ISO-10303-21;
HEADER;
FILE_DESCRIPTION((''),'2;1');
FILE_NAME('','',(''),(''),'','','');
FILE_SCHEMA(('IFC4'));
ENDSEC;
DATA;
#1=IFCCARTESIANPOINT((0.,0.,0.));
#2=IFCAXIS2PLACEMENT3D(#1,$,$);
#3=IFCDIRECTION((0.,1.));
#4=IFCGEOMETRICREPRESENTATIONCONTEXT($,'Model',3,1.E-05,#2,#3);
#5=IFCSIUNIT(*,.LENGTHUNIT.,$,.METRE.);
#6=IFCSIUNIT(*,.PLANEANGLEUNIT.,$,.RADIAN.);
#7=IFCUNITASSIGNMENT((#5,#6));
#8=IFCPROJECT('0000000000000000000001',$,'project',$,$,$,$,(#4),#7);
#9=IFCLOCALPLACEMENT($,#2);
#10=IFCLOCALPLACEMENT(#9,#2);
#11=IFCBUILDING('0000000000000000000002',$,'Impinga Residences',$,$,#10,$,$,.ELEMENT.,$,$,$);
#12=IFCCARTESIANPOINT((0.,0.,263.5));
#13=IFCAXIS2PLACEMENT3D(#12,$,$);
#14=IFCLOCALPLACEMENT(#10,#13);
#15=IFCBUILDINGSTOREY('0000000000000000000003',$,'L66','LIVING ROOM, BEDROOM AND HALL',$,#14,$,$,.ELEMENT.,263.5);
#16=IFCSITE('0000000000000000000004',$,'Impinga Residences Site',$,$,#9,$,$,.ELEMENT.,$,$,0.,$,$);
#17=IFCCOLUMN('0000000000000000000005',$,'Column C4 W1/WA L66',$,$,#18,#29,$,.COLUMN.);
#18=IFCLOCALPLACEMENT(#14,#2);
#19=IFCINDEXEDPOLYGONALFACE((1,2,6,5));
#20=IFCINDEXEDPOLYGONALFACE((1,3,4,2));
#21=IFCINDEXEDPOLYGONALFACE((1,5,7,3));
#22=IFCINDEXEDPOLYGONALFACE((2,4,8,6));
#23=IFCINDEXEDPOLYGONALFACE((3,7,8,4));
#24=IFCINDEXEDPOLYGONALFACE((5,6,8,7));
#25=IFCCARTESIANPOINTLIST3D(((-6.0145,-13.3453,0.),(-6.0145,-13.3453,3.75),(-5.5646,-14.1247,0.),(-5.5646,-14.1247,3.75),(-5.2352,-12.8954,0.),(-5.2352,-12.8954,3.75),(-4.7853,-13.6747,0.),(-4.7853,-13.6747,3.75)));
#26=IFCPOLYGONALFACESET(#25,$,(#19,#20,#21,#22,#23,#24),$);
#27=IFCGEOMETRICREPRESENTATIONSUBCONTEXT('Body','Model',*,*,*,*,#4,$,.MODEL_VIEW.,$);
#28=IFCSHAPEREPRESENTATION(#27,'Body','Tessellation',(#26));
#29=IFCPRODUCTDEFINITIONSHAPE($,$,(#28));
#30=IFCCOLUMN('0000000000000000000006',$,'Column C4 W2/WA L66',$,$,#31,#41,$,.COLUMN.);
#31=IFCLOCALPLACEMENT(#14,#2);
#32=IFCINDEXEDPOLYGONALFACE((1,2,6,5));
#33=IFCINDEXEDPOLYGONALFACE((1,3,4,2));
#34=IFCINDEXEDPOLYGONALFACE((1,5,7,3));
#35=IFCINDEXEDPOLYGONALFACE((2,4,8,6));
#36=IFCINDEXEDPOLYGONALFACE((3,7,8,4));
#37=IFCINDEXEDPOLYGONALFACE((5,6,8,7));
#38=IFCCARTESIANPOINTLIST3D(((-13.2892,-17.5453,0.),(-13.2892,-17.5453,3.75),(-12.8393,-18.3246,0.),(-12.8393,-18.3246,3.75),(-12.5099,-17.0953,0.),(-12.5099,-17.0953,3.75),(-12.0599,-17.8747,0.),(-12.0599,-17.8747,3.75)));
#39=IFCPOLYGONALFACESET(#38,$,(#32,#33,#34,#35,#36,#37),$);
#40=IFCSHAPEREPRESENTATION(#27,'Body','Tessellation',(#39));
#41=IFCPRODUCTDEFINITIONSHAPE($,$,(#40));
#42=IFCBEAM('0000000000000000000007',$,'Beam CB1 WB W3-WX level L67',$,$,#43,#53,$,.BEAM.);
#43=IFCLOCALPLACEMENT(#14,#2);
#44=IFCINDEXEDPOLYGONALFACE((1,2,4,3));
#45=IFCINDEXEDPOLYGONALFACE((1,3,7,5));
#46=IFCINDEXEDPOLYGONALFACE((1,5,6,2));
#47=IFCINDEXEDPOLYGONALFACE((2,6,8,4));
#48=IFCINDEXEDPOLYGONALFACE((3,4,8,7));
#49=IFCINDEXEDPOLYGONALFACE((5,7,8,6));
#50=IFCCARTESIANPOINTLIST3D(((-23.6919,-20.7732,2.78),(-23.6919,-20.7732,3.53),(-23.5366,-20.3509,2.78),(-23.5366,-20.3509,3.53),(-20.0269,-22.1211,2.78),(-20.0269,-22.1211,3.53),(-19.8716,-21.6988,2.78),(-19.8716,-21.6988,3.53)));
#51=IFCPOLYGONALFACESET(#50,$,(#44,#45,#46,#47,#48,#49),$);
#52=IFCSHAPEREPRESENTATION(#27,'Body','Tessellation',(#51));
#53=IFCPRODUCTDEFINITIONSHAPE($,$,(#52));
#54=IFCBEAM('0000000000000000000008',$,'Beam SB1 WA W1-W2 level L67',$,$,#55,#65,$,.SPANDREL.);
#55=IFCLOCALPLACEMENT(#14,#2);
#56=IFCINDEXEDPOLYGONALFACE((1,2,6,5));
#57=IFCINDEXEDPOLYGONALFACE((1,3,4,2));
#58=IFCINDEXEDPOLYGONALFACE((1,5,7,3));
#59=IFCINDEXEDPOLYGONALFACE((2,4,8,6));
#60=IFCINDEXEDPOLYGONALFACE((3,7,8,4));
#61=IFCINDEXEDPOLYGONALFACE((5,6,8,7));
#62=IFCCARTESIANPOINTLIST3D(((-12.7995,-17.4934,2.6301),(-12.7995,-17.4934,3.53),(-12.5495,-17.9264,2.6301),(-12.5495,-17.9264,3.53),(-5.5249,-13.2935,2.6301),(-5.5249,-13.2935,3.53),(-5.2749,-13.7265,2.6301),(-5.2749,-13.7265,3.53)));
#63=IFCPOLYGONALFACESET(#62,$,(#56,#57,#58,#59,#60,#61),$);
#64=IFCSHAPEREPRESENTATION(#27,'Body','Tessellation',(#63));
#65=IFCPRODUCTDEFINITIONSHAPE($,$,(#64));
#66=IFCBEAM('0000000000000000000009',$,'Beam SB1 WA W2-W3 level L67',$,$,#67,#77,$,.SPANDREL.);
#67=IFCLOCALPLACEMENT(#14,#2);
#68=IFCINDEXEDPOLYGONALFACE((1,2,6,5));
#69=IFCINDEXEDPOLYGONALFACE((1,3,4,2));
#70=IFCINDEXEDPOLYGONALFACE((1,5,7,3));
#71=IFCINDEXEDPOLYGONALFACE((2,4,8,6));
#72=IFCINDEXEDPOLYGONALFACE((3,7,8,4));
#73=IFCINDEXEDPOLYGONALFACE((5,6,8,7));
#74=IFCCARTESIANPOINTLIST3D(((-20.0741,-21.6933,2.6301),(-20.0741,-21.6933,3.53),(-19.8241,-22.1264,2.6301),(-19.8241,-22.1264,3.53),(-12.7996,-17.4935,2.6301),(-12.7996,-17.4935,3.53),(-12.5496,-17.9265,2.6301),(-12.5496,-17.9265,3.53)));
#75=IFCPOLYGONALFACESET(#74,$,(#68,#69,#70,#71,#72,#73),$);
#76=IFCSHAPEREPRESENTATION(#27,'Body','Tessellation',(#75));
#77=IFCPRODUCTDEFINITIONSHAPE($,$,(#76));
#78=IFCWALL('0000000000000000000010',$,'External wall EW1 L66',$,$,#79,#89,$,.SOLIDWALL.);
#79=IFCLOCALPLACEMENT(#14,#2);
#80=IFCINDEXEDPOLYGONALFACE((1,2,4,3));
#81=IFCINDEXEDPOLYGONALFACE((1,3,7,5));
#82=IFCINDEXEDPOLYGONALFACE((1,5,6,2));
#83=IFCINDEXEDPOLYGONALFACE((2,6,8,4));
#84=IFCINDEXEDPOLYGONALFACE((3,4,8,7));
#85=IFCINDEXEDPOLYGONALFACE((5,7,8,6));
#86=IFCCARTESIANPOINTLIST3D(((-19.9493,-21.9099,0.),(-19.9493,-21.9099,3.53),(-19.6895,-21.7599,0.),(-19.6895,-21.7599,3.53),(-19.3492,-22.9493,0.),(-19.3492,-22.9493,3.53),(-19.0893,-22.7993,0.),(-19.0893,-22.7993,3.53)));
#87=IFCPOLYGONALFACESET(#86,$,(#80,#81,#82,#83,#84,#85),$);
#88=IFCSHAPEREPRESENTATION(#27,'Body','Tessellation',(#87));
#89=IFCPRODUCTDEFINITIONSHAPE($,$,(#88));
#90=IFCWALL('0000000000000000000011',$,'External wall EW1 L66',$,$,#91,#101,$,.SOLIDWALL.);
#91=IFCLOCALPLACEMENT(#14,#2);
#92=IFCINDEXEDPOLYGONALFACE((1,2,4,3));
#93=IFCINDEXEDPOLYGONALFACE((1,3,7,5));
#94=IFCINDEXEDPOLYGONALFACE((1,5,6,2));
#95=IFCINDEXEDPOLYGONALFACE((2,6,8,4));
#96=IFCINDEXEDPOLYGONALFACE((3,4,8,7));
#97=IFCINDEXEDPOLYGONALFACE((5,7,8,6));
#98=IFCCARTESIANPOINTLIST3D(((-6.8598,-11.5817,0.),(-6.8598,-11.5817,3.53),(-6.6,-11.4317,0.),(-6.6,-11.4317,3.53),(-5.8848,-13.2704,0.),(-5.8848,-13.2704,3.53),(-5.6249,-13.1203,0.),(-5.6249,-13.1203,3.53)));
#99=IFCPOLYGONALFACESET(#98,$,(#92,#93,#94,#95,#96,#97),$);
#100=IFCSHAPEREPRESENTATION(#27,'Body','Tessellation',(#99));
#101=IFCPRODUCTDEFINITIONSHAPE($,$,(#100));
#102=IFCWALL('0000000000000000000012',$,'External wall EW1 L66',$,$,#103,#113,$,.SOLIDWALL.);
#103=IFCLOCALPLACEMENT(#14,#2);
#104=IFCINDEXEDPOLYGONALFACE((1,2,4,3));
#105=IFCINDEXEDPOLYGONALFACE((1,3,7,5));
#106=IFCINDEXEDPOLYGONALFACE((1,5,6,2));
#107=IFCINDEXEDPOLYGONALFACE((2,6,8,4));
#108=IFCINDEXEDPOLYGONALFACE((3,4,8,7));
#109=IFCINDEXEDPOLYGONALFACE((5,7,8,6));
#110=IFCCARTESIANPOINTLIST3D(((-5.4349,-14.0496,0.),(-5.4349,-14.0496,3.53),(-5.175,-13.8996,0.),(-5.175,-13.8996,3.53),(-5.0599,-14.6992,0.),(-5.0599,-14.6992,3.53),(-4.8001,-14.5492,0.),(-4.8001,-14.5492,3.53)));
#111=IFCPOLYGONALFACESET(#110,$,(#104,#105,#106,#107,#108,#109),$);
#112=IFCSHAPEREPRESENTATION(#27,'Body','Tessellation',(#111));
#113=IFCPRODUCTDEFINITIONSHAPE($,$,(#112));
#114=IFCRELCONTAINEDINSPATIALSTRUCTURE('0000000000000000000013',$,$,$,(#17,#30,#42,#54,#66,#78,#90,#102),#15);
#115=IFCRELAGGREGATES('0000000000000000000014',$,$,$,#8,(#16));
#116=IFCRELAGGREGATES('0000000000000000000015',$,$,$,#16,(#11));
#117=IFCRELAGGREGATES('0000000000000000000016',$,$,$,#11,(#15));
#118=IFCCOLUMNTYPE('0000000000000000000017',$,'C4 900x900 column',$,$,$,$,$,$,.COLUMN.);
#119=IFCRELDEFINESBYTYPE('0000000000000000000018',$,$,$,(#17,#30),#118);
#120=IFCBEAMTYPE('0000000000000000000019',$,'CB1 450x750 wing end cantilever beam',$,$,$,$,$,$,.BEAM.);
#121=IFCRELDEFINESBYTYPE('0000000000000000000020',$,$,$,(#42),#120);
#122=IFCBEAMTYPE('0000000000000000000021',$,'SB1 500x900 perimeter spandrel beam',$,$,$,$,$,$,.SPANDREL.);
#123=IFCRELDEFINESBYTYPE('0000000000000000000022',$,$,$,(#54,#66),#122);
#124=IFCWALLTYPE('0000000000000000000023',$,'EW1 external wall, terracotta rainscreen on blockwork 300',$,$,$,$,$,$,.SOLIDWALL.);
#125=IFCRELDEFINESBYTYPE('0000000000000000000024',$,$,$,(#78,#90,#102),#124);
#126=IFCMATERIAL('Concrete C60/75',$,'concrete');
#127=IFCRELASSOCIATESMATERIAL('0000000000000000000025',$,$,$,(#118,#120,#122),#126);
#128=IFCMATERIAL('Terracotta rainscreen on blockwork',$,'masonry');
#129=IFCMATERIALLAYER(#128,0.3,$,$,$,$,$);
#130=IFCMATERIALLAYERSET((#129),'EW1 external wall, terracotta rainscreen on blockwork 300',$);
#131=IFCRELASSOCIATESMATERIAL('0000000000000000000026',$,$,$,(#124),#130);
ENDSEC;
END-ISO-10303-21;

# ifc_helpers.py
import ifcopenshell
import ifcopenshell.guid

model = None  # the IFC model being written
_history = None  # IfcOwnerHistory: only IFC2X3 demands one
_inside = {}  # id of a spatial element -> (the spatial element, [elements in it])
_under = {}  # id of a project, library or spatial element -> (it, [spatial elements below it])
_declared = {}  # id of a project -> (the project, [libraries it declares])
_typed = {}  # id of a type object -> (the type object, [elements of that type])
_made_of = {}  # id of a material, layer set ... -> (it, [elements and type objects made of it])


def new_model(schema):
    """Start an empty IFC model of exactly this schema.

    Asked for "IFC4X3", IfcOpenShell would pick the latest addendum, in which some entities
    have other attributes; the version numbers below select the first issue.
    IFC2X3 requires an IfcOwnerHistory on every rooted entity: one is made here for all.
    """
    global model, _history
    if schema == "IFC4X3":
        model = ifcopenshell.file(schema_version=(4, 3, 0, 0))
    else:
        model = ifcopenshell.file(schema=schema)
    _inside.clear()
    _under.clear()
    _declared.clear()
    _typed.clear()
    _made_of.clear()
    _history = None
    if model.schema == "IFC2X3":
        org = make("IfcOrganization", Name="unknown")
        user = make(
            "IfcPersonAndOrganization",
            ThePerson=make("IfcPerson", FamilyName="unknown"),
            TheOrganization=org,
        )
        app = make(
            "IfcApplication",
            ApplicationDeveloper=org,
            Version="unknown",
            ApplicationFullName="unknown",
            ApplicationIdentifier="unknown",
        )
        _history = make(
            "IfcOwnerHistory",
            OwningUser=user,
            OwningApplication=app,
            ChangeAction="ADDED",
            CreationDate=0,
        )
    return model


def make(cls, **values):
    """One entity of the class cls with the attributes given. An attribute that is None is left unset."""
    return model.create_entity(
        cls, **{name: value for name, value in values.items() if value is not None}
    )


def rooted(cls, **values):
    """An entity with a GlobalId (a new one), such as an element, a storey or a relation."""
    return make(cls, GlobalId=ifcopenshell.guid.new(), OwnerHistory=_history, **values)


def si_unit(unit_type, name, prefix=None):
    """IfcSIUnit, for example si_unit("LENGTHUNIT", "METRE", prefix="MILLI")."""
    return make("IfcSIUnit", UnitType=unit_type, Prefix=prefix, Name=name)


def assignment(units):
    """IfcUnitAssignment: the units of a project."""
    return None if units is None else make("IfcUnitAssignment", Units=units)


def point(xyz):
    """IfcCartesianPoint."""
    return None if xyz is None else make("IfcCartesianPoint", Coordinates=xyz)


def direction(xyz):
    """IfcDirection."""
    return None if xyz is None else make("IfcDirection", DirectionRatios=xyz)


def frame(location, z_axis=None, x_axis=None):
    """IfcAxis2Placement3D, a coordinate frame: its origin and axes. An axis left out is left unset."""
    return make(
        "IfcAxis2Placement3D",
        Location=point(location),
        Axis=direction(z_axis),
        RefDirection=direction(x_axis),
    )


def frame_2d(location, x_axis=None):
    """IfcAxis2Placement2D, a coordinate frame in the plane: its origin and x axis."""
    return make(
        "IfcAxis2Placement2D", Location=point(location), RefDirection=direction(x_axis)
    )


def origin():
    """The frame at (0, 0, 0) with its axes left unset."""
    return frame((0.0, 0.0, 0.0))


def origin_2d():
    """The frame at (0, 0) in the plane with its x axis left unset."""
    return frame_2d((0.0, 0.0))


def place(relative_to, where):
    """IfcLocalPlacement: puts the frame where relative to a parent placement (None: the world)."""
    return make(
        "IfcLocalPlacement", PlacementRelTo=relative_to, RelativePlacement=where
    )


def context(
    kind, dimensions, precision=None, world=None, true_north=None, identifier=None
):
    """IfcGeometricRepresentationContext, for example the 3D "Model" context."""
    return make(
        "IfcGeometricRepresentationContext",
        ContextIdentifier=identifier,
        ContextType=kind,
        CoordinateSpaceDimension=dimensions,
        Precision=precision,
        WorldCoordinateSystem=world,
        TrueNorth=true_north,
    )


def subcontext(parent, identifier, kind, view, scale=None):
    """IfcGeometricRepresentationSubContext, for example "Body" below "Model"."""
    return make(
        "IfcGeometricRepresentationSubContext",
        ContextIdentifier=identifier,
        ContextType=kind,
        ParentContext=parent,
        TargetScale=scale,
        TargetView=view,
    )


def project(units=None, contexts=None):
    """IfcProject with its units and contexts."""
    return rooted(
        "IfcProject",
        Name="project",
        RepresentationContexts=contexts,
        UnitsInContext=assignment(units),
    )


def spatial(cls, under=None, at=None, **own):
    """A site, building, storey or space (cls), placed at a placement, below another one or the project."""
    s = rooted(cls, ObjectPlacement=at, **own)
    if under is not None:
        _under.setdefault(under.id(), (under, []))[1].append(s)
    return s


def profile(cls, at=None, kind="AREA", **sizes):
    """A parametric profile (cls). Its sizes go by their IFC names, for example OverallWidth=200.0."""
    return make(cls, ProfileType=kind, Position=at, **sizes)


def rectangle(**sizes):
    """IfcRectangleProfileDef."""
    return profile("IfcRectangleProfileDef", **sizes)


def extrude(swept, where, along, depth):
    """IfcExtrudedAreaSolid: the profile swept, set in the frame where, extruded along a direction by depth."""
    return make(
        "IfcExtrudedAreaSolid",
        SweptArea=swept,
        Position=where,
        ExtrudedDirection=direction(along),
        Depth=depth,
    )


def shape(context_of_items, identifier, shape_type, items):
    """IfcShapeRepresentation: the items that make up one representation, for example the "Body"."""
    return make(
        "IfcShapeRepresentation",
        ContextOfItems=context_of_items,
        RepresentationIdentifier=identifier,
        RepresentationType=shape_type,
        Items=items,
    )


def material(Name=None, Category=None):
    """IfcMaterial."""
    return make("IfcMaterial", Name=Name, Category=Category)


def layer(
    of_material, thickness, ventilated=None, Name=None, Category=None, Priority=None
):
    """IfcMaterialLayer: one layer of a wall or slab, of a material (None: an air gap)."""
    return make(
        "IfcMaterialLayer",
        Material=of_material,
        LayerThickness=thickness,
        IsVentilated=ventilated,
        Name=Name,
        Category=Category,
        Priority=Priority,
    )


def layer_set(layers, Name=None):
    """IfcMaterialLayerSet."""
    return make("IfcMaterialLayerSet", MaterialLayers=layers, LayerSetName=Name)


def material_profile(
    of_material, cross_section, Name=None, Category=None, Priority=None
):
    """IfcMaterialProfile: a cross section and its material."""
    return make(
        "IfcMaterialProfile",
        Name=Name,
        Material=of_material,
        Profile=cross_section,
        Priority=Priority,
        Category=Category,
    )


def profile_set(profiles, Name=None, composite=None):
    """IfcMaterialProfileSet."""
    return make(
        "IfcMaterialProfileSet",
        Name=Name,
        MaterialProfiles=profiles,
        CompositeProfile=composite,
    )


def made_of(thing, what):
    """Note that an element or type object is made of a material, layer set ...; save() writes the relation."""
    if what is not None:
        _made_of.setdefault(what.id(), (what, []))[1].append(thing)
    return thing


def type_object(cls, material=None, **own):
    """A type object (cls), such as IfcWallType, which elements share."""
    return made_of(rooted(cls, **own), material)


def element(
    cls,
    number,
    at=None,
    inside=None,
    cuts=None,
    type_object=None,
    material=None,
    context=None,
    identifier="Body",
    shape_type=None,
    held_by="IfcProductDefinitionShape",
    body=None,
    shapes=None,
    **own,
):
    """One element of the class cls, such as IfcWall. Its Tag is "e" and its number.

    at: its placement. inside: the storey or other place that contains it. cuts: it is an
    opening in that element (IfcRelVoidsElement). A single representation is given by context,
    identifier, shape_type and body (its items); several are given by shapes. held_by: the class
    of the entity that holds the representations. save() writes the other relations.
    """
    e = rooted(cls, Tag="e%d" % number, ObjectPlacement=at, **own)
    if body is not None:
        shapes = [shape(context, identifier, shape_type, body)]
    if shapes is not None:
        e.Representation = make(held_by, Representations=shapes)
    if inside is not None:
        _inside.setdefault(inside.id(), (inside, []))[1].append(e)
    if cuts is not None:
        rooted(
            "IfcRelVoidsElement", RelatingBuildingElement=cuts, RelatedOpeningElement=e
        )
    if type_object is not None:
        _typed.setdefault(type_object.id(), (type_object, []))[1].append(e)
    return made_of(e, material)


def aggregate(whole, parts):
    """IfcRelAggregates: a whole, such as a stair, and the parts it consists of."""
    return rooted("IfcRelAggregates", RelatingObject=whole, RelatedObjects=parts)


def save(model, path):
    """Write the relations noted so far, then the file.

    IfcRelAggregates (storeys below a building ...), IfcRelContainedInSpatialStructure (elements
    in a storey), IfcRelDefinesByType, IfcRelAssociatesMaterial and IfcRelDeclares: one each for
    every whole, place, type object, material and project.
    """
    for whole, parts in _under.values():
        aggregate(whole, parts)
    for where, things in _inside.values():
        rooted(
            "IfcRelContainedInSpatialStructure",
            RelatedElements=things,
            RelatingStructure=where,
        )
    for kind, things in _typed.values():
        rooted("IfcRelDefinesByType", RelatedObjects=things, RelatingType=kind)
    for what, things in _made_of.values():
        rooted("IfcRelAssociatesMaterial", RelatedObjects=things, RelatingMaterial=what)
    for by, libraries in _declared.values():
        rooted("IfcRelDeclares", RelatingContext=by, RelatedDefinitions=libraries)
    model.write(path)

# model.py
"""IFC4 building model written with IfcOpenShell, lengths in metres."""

from ifc_helpers import new_model, si_unit, direction, frame, frame_2d, origin, origin_2d, place, context, subcontext, project, spatial, rectangle, extrude, material, layer, layer_set, material_profile, profile_set, type_object, element, save


model = new_model("IFC4")

# Units and contexts
model_context = context("Model", 3, precision=1e-05, world=origin(), true_north=direction((0.0, 1.0)))
body_context = subcontext(model_context, "Body", "Model", "MODEL_VIEW")
ifc_project = project(units=[si_unit("LENGTHUNIT", "METRE"), si_unit("PLANEANGLEUNIT", "RADIAN")], contexts=[model_context])

# Site, building, storey
site_placement = place(None, origin())
site = spatial("IfcSite", under=ifc_project, at=site_placement, Name="Impinga Residences Site", CompositionType="ELEMENT", RefElevation=0.0)
building_placement = place(site_placement, origin())
building = spatial("IfcBuilding", under=site, at=building_placement, Name="Impinga Residences", CompositionType="ELEMENT")
storey_placement = place(building_placement, frame((0.0, 0.0, 263.5)))
storey = spatial("IfcBuildingStorey", under=building, at=storey_placement, Name="L66", Description="LIVING ROOM, BEDROOM AND HALL", CompositionType="ELEMENT", Elevation=263.5)

# Columns
ifc_material_1 = material(Name="Concrete C60/75", Category="concrete")
ifc_material_profile_1 = material_profile(ifc_material_1, rectangle(XDim=0.8999, YDim=0.8999, at=origin_2d()), Name="RC 900x900")
ifc_profile_set_1 = profile_set([ifc_material_profile_1], Name="Concrete C60/75")
column_type = type_object("IfcColumnType", Name="C4 900x900 column", PredefinedType="COLUMN", material=ifc_profile_set_1)
for number, where, z_axis, x_axis, name in (
    (1, (-5.3999, -13.51, 0.0), (0.0, 0.0, 1.0), (-0.5, 0.866025, 0.0), "Column C4 W1/WA L66"),
    (2, (-12.6746, -17.71, 0.0), (0.0, 0.0, 1.0), (-0.5, 0.866025, 0.0), "Column C4 W2/WA L66"),
):
    element("IfcColumn", number, at=place(storey_placement, frame(where, z_axis=z_axis, x_axis=x_axis)), inside=storey, type_object=column_type, Name=name, PredefinedType="COLUMN", context=body_context, shape_type="SweptSolid", body=[
        extrude(rectangle(XDim=0.8999, YDim=0.8999, at=origin_2d()), origin(), (0.0, 0.0, 1.0), 3.75),
    ])

# Beams
ifc_material_profile_2 = material_profile(ifc_material_1, rectangle(XDim=0.45, YDim=0.75, at=origin_2d()), Name="RC 450x750")
ifc_profile_set_2 = profile_set([ifc_material_profile_2], Name="Concrete C60/75")
beam_type_1 = type_object("IfcBeamType", Name="CB1 450x750 wing end cantilever beam", PredefinedType="BEAM", material=ifc_profile_set_2)
beam_placement = place(storey_placement, frame((-19.9492, -21.9099, 3.155), z_axis=(-0.93854, 0.345169, 0.0), x_axis=(-0.345169, -0.93854, 0.0)))
element("IfcBeam", 3, at=beam_placement, inside=storey, type_object=beam_type_1, Name="Beam CB1 WB W3-WX level L67", PredefinedType="BEAM", context=body_context, shape_type="SweptSolid", body=[
    extrude(rectangle(XDim=0.45, YDim=0.75, at=origin_2d()), origin(), (0.0, 0.0, 1.0), 3.905),
])
ifc_material_profile_3 = material_profile(ifc_material_1, rectangle(XDim=0.5, YDim=0.8999, at=origin_2d()), Name="RC 500x900")
ifc_profile_set_3 = profile_set([ifc_material_profile_3], Name="Concrete C60/75")
beam_type_2 = type_object("IfcBeamType", Name="SB1 500x900 perimeter spandrel beam", PredefinedType="SPANDREL", material=ifc_profile_set_3)
for number, where, z_axis, x_axis, name in (
    (4, (-5.3999, -13.51, 3.0801), (-0.866029, -0.499993, 0.0), (0.499993, -0.866029, 0.0), "Beam SB1 WA W1-W2 level L67"),
    (5, (-12.6746, -17.71, 3.0801), (-0.866029, -0.499993, 0.0), (0.499993, -0.866029, 0.0), "Beam SB1 WA W2-W3 level L67"),
):
    element("IfcBeam", number, at=place(storey_placement, frame(where, z_axis=z_axis, x_axis=x_axis)), inside=storey, type_object=beam_type_2, Name=name, PredefinedType="SPANDREL", context=body_context, shape_type="SweptSolid", body=[
        extrude(rectangle(XDim=0.5, YDim=0.8999, at=origin_2d()), origin(), (0.0, 0.0, 1.0), 8.3999),
    ])

# Walls
ifc_material_2 = material(Name="Terracotta rainscreen on blockwork", Category="masonry")
ifc_layer_1 = layer(ifc_material_2, 0.3)
ifc_layer_set_1 = layer_set([ifc_layer_1], Name="EW1 external wall, terracotta rainscreen on blockwork 300")
wall_type_1 = type_object("IfcWallType", Name="EW1 external wall, terracotta rainscreen on blockwork 300", PredefinedType="SOLIDWALL", material=ifc_layer_set_1)
wall_1_placement = place(storey_placement, frame((-19.2192, -22.8743, 0.0), z_axis=(0.0, 0.0, 1.0), x_axis=(-0.500034, 0.866006, 0.0)))
element("IfcWall", 6, at=wall_1_placement, inside=storey, type_object=wall_type_1, Name="External wall EW1 L66", PredefinedType="SOLIDWALL", context=body_context, shape_type="SweptSolid", body=[
    extrude(rectangle(XDim=1.2002, YDim=0.3, at=frame_2d((0.6001, 0.0))), origin(), (0.0, 0.0, 1.0), 3.53),
])
wall_2_placement = place(storey_placement, frame((-6.73, -11.5066, 0.0), z_axis=(0.0, 0.0, 1.0), x_axis=(0.500044, -0.866, 0.0)))
element("IfcWall", 7, at=wall_2_placement, inside=storey, type_object=wall_type_1, Name="External wall EW1 L66", PredefinedType="SOLIDWALL", context=body_context, shape_type="SweptSolid", body=[
    extrude(rectangle(XDim=1.95, YDim=0.3, at=frame_2d((0.9751, 0.0))), origin(), (0.0, 0.0, 1.0), 3.53),
])
wall_3_placement = place(storey_placement, frame((-5.3049, -13.9746, 0.0), z_axis=(0.0, 0.0, 1.0), x_axis=(0.49992, -0.866072, 0.0)))
element("IfcWall", 8, at=wall_3_placement, inside=storey, type_object=wall_type_1, Name="External wall EW1 L66", PredefinedType="SOLIDWALL", context=body_context, shape_type="SweptSolid", body=[
    extrude(rectangle(XDim=0.75, YDim=0.3, at=frame_2d((0.375, 0.0))), origin(), (0.0, 0.0, 1.0), 3.53),
])

save(model, "model.ifc")
